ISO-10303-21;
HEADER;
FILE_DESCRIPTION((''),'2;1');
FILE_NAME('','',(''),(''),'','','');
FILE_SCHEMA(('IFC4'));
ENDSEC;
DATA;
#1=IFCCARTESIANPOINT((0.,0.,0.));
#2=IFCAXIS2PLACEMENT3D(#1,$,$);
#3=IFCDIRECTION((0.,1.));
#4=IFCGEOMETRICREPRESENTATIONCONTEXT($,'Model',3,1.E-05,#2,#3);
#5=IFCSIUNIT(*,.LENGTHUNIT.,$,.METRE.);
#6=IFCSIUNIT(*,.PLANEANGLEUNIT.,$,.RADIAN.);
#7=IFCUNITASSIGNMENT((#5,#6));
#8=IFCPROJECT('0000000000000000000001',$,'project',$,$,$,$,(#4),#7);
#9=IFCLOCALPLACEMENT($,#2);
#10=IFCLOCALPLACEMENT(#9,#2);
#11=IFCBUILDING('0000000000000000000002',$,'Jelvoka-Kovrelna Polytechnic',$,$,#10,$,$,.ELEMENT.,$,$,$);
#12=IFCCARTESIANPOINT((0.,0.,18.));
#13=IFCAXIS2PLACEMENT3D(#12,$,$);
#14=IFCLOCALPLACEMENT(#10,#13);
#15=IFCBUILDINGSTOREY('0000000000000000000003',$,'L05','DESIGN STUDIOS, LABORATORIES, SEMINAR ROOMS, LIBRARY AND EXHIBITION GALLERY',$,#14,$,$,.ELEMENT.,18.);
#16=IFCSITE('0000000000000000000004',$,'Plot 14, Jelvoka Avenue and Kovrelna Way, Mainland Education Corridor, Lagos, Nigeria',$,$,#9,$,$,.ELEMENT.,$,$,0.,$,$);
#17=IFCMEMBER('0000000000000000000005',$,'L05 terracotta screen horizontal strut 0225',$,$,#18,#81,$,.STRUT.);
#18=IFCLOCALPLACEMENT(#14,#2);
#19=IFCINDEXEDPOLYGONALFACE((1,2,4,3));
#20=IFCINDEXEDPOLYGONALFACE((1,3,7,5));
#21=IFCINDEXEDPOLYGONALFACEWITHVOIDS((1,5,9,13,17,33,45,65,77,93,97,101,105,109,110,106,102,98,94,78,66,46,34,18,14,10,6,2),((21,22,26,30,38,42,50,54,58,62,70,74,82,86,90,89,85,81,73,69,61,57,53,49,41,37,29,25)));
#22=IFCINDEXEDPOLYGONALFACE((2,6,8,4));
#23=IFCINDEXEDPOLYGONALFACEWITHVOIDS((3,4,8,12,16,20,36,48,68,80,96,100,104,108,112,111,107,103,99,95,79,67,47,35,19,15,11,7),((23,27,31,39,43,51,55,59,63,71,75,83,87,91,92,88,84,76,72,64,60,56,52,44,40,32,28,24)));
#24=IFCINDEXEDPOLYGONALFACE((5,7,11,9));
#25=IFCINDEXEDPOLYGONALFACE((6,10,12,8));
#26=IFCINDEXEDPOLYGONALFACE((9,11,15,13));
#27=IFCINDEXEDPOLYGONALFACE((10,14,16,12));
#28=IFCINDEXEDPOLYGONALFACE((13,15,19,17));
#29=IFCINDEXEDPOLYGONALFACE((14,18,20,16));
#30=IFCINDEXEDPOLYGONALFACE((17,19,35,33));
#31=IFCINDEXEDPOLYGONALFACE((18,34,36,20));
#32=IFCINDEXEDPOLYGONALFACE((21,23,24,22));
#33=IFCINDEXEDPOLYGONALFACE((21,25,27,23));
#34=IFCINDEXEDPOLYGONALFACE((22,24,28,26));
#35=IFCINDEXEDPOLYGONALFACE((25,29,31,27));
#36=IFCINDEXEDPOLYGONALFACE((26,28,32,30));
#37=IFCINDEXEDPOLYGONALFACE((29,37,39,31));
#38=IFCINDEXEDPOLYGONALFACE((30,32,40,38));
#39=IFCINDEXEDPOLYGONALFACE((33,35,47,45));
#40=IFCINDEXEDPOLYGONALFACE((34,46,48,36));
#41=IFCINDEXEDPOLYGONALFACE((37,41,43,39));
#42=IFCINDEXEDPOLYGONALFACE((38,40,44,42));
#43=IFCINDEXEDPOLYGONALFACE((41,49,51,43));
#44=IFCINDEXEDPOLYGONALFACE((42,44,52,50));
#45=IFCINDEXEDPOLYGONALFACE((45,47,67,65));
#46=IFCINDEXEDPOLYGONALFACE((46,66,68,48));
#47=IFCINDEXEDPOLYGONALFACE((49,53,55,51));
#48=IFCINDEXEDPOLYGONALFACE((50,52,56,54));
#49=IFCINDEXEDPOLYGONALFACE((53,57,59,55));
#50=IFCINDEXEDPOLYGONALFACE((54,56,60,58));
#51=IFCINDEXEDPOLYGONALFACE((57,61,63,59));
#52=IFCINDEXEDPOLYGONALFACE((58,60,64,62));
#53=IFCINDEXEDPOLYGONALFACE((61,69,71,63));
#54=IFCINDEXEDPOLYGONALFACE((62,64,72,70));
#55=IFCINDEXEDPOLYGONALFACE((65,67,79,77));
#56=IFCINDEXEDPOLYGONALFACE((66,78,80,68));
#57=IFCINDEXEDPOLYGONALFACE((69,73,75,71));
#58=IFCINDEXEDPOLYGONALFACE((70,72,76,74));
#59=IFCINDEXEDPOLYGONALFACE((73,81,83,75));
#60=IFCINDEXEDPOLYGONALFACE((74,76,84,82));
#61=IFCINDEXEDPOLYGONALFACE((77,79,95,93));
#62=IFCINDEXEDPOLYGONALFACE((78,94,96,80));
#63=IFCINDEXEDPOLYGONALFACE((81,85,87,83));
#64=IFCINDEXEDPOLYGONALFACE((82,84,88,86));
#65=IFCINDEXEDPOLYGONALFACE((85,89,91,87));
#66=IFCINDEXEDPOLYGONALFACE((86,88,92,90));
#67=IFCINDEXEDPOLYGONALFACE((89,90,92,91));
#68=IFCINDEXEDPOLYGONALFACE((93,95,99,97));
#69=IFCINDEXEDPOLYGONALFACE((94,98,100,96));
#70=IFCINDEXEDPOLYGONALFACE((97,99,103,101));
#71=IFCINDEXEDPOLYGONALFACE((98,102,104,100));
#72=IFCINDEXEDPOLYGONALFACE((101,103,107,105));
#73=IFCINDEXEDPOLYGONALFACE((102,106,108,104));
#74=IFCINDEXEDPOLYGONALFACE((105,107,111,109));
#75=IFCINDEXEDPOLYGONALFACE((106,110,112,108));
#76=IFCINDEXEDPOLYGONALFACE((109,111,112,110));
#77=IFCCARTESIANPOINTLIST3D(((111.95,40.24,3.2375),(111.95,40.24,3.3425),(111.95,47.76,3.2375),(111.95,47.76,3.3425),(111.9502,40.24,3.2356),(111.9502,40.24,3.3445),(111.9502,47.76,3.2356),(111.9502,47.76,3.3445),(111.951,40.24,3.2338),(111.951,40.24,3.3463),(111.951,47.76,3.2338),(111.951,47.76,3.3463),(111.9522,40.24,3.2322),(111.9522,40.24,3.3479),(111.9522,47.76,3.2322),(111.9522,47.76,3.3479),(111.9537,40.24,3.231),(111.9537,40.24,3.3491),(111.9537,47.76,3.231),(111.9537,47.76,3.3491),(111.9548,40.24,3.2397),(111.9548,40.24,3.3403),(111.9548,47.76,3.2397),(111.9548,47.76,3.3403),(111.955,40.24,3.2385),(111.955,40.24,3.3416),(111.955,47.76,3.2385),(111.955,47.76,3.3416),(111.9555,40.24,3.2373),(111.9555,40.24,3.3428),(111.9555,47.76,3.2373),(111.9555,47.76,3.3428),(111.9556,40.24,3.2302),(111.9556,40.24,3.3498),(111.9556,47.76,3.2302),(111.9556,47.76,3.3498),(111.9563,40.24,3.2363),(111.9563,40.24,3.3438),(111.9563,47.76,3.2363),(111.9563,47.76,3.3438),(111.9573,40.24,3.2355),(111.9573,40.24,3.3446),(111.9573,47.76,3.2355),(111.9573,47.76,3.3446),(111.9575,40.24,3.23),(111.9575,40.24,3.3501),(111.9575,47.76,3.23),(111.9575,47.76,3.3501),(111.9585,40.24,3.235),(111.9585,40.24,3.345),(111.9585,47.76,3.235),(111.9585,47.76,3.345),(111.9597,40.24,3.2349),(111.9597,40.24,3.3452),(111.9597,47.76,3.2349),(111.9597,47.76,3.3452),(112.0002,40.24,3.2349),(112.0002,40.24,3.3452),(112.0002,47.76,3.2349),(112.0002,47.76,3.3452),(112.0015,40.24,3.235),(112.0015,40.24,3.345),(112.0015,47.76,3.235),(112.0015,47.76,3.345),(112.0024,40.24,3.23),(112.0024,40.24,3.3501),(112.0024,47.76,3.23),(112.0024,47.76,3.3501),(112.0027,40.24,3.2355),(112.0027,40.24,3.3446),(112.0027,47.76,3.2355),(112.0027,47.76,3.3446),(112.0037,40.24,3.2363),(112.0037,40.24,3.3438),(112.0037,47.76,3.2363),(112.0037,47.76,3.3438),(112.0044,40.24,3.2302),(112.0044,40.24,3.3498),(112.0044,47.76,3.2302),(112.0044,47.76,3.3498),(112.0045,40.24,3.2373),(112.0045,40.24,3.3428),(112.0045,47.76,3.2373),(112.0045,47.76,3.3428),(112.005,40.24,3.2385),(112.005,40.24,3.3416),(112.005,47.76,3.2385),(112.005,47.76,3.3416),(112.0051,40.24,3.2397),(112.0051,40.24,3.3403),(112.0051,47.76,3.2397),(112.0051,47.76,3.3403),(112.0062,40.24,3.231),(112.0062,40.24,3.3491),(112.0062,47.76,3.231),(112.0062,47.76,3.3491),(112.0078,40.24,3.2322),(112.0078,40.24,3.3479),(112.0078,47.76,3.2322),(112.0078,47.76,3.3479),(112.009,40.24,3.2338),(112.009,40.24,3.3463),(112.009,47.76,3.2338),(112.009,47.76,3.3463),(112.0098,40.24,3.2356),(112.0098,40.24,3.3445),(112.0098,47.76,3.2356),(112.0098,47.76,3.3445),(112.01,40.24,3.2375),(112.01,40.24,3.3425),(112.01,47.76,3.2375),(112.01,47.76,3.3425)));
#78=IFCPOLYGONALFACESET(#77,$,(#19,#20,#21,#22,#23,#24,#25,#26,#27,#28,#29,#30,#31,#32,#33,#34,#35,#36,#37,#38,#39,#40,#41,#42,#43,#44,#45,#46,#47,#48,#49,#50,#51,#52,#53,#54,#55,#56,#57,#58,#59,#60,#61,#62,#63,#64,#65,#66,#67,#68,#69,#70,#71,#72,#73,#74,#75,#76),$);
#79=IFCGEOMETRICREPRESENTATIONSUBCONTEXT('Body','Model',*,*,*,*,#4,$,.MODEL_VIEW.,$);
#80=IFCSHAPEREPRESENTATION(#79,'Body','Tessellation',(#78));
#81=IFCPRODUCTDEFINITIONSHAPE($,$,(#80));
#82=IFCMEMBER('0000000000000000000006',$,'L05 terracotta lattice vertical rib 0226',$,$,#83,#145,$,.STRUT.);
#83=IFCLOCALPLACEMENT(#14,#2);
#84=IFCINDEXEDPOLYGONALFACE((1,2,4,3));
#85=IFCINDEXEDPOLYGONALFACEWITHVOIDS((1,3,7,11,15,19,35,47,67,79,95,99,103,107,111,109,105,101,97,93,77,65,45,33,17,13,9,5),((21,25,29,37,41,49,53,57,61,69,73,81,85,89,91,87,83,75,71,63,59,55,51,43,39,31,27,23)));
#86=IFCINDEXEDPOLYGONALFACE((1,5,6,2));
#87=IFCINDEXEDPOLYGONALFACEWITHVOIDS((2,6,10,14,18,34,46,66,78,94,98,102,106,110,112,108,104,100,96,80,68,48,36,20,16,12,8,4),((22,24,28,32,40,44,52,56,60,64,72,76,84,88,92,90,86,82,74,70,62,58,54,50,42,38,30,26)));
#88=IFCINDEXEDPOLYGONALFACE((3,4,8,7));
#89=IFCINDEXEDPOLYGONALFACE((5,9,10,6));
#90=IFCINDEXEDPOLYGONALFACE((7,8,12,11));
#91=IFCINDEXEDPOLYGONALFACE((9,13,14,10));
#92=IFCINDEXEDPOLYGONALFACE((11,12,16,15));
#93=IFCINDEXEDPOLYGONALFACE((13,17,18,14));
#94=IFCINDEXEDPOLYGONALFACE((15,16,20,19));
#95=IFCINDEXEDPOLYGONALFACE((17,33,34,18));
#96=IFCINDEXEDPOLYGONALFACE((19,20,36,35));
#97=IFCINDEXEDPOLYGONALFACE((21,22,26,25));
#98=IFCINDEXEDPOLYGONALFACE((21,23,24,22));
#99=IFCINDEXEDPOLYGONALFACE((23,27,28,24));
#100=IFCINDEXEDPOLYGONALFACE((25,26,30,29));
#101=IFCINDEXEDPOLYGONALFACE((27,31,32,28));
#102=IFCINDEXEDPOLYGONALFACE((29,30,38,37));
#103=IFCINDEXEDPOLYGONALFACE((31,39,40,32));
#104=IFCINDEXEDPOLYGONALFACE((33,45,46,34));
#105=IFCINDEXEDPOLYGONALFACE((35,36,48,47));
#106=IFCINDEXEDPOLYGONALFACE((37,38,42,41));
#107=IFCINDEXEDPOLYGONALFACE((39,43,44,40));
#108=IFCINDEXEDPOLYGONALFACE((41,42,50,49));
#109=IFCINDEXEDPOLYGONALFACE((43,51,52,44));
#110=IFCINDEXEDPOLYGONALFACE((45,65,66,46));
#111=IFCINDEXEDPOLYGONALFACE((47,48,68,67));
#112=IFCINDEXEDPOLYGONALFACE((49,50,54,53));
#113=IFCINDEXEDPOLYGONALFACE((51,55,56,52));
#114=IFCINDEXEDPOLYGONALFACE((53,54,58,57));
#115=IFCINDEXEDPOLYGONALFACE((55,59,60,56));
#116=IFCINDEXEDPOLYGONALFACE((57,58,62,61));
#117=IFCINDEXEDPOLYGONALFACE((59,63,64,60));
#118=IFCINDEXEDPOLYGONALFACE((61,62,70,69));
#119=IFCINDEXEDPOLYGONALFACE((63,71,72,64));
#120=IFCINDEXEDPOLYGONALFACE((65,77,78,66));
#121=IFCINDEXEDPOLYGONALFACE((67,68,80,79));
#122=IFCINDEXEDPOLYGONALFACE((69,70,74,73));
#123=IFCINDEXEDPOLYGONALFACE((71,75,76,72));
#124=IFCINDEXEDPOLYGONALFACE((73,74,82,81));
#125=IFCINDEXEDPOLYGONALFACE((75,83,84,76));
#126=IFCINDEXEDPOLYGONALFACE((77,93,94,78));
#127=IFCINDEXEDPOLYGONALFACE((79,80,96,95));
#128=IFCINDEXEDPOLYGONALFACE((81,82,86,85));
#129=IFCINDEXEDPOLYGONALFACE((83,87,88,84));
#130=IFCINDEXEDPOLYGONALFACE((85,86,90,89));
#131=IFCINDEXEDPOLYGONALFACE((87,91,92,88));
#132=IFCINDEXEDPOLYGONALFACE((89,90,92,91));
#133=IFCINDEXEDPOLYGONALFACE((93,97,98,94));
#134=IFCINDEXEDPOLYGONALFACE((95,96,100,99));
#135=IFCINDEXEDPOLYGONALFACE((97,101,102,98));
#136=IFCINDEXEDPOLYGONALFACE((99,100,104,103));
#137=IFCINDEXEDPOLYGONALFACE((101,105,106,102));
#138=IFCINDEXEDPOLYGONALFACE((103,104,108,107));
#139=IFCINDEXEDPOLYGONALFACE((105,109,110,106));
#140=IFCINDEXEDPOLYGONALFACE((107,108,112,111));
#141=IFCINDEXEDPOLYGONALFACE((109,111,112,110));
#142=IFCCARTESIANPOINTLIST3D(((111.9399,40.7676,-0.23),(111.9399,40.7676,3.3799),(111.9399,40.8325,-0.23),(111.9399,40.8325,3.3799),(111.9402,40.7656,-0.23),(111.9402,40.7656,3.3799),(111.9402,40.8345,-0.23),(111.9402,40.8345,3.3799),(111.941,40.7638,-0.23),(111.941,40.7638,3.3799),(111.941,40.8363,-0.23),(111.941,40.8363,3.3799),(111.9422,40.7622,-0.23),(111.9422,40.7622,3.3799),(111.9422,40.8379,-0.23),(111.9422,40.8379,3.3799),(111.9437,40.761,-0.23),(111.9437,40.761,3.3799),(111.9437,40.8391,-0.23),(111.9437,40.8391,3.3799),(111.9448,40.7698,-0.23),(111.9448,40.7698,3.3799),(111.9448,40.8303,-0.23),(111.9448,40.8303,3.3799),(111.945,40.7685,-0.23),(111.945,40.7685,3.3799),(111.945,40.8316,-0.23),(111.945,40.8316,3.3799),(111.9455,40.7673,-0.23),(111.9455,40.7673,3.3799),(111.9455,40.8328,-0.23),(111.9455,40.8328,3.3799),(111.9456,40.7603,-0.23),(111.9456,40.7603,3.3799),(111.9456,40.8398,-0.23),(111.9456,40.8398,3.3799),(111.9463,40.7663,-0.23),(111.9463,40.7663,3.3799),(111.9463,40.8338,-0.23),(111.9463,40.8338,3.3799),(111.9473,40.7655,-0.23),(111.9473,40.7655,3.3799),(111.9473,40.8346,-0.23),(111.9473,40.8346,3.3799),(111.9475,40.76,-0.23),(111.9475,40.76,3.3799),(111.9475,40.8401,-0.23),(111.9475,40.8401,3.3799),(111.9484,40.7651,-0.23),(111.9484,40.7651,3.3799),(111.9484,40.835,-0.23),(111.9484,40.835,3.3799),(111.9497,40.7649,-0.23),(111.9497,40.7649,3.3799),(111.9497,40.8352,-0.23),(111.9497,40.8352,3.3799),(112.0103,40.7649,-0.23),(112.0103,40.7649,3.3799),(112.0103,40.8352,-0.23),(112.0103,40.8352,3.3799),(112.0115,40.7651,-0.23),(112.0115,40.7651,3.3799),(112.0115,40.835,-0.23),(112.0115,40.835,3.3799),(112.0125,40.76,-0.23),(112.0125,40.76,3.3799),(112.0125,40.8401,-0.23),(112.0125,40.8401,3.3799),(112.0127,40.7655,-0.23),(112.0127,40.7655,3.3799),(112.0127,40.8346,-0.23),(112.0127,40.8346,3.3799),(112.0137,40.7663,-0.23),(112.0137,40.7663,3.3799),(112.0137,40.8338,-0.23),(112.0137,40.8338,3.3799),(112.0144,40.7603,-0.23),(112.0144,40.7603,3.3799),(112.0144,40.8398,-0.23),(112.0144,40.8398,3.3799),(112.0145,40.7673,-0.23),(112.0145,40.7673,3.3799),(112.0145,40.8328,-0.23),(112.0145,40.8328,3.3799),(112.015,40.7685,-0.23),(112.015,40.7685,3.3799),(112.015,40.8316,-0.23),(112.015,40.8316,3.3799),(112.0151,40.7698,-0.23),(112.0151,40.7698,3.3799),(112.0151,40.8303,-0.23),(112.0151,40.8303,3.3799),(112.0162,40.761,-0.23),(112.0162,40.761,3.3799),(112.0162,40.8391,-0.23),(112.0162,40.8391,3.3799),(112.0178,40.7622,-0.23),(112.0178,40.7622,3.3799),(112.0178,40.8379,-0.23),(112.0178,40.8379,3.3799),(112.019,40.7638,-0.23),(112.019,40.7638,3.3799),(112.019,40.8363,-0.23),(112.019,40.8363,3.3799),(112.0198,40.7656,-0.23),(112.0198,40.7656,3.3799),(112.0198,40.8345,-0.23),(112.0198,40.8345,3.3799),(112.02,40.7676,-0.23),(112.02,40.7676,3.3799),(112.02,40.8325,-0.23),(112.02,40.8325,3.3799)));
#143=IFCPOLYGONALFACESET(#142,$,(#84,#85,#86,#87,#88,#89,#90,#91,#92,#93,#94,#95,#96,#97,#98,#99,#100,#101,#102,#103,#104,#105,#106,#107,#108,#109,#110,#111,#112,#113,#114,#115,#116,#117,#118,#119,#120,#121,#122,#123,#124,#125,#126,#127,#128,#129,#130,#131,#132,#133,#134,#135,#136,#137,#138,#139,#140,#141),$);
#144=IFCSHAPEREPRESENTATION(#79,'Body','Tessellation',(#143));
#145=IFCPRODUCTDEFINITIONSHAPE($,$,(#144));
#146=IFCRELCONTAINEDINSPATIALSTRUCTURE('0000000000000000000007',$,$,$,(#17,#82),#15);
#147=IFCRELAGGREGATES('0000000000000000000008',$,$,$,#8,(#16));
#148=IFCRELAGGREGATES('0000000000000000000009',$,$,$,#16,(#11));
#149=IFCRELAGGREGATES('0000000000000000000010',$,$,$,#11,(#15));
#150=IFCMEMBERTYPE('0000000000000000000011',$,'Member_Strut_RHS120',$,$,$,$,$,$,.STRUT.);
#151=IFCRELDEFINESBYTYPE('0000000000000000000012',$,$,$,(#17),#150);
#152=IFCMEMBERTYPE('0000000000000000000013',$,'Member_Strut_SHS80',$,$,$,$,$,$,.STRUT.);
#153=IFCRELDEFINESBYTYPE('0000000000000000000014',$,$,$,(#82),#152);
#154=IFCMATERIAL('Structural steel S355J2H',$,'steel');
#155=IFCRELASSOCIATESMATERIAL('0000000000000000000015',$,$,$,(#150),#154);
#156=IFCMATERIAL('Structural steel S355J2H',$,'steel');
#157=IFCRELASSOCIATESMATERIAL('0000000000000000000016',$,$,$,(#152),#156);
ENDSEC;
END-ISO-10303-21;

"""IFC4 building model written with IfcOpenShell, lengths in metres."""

from ifc_helpers import new_model, si_unit, direction, frame, origin, origin_2d, place, context, subcontext, project, spatial, hollow_rectangle, extrude, material, material_profile, profile_set, type_object, element, save


model = new_model("IFC4")

# Units and contexts
model_context = context("Model", 3, precision=1e-05, world=origin(), true_north=direction((0.0, 1.0)))
body_context = subcontext(model_context, "Body", "Model", "MODEL_VIEW")
ifc_project = project(units=[si_unit("LENGTHUNIT", "METRE"), si_unit("PLANEANGLEUNIT", "RADIAN")], contexts=[model_context])

# Site, building, storey
site_placement = place(None, origin())
site = spatial("IfcSite", under=ifc_project, at=site_placement, Name="Plot 14, Jelvoka Avenue and Kovrelna Way, Mainland Education Corridor, Lagos, Nigeria", CompositionType="ELEMENT", RefElevation=0.0)
building_placement = place(site_placement, origin())
building = spatial("IfcBuilding", under=site, at=building_placement, Name="Jelvoka-Kovrelna Polytechnic", CompositionType="ELEMENT")
storey_placement = place(building_placement, frame((0.0, 0.0, 18.0)))
storey = spatial("IfcBuildingStorey", under=building, at=storey_placement, Name="L05", Description="DESIGN STUDIOS, LABORATORIES, SEMINAR ROOMS, LIBRARY AND EXHIBITION GALLERY", CompositionType="ELEMENT", Elevation=18.0)

# Members
ifc_material_1 = material(Name="Structural steel S355J2H", Category="steel")
ifc_material_profile_1 = material_profile(ifc_material_1, hollow_rectangle(XDim=0.0601, YDim=0.1201, WallThickness=0.0049, InnerFilletRadius=0.0049, OuterFilletRadius=0.0076, at=origin_2d()), Name="120x60x5.0 RHS")
ifc_profile_set_1 = profile_set([ifc_material_profile_1], Name="Structural steel S355J2H")
member_type_1 = type_object("IfcMemberType", Name="Member_Strut_RHS120", PredefinedType="STRUT", material=ifc_profile_set_1)
for number, where, z_axis, x_axis, name in (
    (1, (111.98, 40.24, 3.29), (0.0, 1.0, 0.0), (-1.0, 0.0, 0.0), "L05 terracotta screen horizontal strut 0225"),
):
    element("IfcMember", number, at=place(storey_placement, frame(where, z_axis=z_axis, x_axis=x_axis)), inside=storey, type_object=member_type_1, Name=name, PredefinedType="STRUT", context=body_context, shape_type="SweptSolid", body=[
        extrude(hollow_rectangle(XDim=0.0601, YDim=0.1201, WallThickness=0.0049, InnerFilletRadius=0.0049, OuterFilletRadius=0.0076, at=origin_2d()), origin(), (0.0, 0.0, 1.0), 7.52),
    ])
ifc_material_2 = material(Name="Structural steel S355J2H", Category="steel")
ifc_material_profile_2 = material_profile(ifc_material_2, hollow_rectangle(XDim=0.0801, YDim=0.0801, WallThickness=0.0049, InnerFilletRadius=0.0049, OuterFilletRadius=0.0076, at=origin_2d()), Name="80x80x5.0 SHS")
ifc_profile_set_2 = profile_set([ifc_material_profile_2], Name="Structural steel S355J2H")
member_type_2 = type_object("IfcMemberType", Name="Member_Strut_SHS80", PredefinedType="STRUT", material=ifc_profile_set_2)
for number, where, z_axis, x_axis, name in (
    (2, (111.98, 40.8, -0.23), (0.0, 0.0, 1.0), (1.0, 0.0, 0.0), "L05 terracotta lattice vertical rib 0226"),
):
    element("IfcMember", number, at=place(storey_placement, frame(where, z_axis=z_axis, x_axis=x_axis)), inside=storey, type_object=member_type_2, Name=name, PredefinedType="STRUT", context=body_context, shape_type="SweptSolid", body=[
        extrude(hollow_rectangle(XDim=0.0801, YDim=0.0801, WallThickness=0.0049, InnerFilletRadius=0.0049, OuterFilletRadius=0.0076, at=origin_2d()), origin(), (0.0, 0.0, 1.0), 3.6099),
    ])

save(model, "model.ifc")
